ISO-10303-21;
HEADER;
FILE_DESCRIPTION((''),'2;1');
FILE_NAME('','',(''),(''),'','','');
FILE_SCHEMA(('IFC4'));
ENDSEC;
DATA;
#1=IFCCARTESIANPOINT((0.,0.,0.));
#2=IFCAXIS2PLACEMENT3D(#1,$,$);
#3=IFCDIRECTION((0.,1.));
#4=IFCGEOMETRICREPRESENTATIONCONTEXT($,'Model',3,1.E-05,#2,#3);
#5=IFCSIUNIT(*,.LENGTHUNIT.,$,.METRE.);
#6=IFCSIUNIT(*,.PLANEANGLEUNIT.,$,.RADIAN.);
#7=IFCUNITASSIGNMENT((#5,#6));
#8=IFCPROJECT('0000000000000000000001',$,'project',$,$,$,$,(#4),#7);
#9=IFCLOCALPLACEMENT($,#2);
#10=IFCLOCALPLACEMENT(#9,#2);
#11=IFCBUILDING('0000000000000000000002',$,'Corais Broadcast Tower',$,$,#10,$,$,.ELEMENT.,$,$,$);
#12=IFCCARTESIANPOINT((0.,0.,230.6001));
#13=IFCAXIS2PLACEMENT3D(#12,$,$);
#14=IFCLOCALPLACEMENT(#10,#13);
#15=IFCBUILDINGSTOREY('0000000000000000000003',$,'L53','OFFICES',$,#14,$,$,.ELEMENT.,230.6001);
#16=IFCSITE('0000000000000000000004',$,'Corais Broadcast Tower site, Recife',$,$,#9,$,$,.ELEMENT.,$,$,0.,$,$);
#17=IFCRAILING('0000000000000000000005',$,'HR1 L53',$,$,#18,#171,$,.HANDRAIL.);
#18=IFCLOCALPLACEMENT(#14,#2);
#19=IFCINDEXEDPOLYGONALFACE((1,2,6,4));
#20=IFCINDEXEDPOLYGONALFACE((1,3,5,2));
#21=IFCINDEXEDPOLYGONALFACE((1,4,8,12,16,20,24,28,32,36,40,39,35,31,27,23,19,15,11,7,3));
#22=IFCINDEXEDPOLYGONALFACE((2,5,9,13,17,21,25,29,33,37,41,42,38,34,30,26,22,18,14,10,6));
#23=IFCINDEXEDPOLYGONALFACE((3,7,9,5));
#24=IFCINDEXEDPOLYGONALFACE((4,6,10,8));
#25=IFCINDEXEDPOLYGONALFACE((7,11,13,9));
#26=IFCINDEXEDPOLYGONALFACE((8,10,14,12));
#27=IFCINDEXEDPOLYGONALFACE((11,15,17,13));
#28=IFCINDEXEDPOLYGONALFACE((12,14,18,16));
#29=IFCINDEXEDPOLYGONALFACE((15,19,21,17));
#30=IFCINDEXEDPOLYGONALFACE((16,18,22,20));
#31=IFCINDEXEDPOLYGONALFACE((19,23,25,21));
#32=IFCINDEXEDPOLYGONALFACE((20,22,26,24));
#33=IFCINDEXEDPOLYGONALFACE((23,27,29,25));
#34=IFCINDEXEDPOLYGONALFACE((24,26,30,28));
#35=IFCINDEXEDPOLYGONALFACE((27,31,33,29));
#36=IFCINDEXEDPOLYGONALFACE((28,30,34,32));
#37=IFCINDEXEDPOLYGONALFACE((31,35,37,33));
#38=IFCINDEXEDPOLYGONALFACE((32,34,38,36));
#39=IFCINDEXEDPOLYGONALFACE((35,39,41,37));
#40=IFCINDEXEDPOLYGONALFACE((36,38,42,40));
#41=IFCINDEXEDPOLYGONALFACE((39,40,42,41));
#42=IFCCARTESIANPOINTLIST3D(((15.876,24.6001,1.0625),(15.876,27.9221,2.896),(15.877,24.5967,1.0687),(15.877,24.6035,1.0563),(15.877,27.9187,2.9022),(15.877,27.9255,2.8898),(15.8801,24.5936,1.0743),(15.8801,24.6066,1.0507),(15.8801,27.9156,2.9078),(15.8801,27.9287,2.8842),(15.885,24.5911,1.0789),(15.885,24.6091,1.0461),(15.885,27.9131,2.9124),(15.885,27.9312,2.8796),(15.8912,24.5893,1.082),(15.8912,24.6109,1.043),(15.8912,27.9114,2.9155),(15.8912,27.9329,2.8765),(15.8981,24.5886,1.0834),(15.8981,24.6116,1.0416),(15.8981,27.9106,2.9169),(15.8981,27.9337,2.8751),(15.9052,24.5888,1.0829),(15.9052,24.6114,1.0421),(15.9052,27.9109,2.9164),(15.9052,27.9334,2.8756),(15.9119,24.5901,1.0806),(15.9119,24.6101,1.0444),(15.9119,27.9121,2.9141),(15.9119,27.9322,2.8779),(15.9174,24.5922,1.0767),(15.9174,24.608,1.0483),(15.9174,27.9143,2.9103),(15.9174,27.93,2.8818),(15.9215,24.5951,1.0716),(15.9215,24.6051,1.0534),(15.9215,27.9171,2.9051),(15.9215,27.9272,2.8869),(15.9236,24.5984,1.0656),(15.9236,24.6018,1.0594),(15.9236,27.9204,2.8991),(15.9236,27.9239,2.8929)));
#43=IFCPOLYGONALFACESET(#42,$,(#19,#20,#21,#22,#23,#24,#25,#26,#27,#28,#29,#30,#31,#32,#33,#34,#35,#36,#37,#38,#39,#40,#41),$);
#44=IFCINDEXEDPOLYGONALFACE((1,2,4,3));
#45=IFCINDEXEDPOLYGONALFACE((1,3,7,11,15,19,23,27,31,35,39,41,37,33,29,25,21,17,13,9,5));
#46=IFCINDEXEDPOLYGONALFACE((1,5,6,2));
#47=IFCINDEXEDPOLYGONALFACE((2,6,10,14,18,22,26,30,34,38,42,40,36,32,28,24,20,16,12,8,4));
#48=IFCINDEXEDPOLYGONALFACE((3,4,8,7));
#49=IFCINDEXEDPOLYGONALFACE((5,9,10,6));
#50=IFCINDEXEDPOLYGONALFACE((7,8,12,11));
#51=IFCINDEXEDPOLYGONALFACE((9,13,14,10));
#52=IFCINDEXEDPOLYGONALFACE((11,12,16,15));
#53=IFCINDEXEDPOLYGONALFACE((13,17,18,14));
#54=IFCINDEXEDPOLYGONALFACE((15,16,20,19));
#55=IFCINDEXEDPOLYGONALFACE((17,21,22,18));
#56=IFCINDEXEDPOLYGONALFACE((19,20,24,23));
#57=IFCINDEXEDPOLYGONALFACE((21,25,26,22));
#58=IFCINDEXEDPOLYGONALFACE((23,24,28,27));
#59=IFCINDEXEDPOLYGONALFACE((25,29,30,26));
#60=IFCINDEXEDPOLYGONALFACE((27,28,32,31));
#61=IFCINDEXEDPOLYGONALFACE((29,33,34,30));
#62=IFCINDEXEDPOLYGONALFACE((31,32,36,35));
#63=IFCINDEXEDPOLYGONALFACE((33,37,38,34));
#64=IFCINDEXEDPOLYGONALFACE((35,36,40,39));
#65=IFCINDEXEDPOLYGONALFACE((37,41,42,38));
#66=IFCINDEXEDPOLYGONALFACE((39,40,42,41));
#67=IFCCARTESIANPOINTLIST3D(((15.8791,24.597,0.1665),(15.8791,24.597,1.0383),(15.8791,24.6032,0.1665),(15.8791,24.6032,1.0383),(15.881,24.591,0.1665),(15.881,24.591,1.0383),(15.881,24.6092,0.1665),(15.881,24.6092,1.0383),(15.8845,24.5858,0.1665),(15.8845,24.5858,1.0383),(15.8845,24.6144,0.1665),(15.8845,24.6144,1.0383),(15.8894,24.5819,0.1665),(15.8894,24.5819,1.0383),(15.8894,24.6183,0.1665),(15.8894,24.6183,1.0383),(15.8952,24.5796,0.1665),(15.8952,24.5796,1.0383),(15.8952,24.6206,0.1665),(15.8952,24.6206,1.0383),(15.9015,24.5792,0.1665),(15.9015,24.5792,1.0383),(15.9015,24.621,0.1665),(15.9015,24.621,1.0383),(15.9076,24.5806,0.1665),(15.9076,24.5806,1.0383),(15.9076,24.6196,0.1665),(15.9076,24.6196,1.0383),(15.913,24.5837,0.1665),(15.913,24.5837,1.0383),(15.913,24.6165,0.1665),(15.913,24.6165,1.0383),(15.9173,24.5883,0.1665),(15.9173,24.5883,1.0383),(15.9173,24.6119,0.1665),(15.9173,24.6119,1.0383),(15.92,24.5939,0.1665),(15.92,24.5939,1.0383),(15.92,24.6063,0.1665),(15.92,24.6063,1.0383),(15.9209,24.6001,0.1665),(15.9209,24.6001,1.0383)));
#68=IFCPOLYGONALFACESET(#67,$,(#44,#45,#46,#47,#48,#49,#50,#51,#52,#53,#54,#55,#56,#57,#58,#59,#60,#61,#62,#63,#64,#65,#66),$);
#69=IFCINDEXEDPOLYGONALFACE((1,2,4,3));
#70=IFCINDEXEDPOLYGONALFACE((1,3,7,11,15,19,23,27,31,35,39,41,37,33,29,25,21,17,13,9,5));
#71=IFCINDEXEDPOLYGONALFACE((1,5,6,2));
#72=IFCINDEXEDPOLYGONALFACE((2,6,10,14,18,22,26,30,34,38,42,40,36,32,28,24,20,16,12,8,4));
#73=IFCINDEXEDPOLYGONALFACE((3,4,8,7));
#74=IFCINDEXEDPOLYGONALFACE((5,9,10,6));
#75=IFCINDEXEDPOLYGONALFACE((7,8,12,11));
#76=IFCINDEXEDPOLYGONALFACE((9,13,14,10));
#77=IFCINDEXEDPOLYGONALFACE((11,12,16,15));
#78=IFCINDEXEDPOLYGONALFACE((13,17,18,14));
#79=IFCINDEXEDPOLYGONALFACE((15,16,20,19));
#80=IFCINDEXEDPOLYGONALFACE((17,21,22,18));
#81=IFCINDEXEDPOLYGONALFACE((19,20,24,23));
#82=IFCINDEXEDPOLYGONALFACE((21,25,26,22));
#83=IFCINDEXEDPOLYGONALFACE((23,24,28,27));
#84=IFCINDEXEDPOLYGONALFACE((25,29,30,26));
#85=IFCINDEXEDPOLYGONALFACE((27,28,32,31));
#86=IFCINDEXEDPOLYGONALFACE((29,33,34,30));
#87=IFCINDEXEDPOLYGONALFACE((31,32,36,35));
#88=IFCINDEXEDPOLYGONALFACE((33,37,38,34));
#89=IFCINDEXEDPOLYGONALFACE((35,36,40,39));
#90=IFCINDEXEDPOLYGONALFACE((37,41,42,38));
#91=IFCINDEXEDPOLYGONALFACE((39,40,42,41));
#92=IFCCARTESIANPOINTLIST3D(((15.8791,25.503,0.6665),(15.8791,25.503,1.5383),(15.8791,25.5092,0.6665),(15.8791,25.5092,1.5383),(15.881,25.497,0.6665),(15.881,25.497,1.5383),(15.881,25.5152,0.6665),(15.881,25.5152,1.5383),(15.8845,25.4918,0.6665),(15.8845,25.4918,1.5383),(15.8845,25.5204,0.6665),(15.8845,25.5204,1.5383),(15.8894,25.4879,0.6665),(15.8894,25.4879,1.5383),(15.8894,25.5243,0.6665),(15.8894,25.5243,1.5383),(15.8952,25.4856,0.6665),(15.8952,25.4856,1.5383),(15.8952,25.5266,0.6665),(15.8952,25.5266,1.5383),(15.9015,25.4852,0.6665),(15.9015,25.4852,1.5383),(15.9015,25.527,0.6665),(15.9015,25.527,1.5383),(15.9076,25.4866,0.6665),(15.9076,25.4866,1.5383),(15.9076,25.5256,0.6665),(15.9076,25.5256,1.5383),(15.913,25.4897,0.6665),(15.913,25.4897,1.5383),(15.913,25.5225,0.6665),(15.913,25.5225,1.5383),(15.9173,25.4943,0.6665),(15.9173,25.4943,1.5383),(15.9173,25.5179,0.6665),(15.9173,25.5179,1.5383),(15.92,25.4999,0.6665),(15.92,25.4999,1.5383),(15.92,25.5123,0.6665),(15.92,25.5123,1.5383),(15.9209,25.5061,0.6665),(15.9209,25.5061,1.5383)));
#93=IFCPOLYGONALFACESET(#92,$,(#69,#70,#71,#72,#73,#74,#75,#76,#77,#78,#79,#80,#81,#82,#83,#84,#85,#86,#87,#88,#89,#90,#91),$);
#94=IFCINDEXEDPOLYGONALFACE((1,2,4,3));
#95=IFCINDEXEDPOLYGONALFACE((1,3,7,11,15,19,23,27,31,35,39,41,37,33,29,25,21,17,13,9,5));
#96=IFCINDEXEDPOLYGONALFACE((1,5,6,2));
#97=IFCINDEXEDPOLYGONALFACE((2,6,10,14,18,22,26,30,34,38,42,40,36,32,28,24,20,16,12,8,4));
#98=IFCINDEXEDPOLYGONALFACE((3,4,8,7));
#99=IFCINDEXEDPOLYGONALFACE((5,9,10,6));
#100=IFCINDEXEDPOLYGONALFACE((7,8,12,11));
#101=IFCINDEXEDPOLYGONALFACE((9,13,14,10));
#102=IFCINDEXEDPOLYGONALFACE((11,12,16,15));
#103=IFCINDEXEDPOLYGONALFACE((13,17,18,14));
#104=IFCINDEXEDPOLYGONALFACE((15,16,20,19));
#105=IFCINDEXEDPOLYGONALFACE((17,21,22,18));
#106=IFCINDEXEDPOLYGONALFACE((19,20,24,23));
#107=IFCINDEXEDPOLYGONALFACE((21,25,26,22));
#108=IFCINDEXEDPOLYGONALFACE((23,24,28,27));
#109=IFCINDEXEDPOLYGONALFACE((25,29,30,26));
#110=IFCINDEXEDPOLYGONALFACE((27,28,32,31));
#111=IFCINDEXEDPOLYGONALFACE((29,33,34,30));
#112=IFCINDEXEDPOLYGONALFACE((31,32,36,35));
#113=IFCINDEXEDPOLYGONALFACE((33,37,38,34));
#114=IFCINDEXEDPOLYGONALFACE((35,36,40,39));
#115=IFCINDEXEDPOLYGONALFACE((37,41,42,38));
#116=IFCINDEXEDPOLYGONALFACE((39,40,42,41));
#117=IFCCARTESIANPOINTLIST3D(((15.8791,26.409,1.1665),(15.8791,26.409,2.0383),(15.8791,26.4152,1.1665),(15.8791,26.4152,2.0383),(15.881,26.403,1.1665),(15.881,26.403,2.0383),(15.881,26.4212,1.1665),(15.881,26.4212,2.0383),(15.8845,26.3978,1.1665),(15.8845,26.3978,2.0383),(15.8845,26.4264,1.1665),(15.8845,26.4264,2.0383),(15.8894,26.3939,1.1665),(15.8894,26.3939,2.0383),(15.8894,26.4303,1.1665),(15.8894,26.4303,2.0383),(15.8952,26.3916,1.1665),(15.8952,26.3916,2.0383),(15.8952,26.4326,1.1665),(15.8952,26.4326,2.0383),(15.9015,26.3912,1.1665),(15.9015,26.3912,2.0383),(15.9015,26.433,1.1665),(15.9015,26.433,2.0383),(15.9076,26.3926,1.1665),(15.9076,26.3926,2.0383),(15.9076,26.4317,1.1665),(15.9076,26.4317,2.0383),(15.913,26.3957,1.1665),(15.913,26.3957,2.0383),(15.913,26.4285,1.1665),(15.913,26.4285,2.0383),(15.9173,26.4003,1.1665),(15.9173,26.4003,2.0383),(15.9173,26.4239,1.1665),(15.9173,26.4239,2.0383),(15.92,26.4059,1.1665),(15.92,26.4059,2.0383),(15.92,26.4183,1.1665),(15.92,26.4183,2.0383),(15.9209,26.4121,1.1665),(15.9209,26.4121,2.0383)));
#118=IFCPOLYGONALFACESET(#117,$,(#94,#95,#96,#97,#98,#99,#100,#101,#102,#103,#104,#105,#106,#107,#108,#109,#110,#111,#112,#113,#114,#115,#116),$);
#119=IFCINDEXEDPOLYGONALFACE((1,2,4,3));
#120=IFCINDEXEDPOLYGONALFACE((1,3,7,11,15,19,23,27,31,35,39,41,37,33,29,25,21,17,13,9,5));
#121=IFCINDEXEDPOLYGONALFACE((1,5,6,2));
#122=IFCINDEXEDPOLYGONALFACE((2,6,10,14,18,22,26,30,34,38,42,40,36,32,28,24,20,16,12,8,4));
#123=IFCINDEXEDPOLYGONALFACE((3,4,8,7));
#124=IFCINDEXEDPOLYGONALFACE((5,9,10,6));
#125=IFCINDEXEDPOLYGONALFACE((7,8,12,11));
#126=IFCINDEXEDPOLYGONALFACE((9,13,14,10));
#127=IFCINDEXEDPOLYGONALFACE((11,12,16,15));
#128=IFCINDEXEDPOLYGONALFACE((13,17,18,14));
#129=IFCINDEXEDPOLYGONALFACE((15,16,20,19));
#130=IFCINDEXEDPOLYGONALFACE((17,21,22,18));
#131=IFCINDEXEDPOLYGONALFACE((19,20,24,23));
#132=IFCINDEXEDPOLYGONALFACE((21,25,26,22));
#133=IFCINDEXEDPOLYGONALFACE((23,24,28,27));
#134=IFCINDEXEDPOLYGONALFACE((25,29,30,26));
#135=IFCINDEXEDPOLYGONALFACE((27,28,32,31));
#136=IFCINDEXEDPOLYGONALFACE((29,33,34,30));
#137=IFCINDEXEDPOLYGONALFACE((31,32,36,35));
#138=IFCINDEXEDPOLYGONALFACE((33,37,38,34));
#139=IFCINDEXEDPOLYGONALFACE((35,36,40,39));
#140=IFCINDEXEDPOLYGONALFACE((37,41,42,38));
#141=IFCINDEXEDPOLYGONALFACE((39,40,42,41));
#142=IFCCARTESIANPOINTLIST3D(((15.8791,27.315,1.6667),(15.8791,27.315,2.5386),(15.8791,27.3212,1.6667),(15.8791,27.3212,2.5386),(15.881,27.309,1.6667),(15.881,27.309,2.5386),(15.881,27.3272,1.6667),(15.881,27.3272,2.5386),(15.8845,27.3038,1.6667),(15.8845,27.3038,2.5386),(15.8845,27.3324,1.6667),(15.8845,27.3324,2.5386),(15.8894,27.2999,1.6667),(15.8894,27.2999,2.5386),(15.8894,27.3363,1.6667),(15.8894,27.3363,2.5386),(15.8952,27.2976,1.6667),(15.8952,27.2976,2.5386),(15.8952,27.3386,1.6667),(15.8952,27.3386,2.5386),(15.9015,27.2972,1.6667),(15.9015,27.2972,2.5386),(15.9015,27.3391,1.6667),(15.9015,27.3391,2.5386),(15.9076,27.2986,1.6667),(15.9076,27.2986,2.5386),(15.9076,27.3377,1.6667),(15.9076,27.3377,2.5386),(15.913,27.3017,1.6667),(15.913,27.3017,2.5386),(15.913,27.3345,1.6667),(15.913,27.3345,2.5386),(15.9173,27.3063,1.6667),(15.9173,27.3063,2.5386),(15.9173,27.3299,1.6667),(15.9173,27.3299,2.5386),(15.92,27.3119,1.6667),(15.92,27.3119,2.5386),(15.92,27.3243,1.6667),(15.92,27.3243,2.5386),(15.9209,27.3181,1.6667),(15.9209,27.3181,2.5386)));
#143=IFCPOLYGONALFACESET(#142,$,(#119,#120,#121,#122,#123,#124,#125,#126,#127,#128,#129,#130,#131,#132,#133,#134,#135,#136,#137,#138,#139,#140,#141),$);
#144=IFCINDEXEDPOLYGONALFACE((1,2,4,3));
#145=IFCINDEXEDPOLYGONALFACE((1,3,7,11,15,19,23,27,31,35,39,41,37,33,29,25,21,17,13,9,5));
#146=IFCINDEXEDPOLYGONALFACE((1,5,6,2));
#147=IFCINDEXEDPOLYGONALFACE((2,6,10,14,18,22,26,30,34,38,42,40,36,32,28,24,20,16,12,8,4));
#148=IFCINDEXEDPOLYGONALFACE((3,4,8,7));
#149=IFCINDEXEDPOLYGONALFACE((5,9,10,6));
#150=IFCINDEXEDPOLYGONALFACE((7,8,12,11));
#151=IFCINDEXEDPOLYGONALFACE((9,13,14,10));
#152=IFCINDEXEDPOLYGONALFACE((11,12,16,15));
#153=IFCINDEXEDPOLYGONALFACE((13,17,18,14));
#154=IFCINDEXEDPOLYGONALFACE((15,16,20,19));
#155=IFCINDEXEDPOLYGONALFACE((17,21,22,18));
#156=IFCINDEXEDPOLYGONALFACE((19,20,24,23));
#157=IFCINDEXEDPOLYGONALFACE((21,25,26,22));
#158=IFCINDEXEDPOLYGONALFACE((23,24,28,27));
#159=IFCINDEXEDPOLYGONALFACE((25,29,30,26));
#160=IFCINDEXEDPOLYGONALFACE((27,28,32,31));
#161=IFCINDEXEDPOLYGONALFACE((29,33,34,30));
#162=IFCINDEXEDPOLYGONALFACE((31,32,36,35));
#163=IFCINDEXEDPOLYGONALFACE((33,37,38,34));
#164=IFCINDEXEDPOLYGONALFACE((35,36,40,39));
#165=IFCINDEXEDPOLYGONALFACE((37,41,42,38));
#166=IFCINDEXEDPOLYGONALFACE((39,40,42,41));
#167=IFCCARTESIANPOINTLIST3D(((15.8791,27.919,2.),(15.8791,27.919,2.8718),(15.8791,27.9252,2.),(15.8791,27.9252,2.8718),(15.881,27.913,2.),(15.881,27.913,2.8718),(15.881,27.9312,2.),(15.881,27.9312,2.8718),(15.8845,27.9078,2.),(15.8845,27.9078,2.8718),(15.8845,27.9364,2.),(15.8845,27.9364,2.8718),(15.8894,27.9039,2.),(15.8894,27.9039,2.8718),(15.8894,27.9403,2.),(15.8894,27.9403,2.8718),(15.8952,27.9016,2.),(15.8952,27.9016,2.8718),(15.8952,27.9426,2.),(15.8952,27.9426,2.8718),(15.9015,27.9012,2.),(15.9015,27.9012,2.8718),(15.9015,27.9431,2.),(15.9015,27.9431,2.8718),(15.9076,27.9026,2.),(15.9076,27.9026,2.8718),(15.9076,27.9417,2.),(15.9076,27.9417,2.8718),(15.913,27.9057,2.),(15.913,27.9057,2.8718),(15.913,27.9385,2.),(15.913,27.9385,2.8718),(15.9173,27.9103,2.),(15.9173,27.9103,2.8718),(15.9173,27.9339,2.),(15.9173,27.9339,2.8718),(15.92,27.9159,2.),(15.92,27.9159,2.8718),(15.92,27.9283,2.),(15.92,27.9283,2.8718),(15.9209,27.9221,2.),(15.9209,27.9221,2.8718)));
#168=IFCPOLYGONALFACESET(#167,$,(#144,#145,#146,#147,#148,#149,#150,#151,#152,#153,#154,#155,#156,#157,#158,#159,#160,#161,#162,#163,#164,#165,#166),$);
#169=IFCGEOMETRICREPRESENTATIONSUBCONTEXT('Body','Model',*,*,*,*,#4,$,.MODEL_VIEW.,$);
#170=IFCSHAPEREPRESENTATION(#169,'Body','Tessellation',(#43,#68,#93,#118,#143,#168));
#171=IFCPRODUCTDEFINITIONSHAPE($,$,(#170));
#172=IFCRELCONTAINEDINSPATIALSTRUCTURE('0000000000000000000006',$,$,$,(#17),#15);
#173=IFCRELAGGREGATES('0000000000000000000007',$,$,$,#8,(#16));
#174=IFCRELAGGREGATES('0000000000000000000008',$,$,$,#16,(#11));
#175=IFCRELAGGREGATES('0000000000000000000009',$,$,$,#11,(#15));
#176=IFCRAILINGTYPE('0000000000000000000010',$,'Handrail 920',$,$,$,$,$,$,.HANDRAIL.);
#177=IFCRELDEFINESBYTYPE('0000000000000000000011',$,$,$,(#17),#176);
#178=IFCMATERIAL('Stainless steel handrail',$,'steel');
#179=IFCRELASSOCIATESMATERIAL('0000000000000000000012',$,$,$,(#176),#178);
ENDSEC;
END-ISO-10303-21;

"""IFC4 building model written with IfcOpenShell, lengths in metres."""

from ifc_helpers import new_model, si_unit, direction, frame, origin, origin_2d, place, context, subcontext, project, spatial, circle, extrude, material, type_object, element, save


model = new_model("IFC4")

# Units and contexts
model_context = context("Model", 3, precision=1e-05, world=origin(), true_north=direction((0.0, 1.0)))
body_context = subcontext(model_context, "Body", "Model", "MODEL_VIEW")
ifc_project = project(units=[si_unit("LENGTHUNIT", "METRE"), si_unit("PLANEANGLEUNIT", "RADIAN")], contexts=[model_context])

# Site, building, storey
site_placement = place(None, origin())
site = spatial("IfcSite", under=ifc_project, at=site_placement, Name="Corais Broadcast Tower site, Recife", CompositionType="ELEMENT", RefElevation=0.0)
building_placement = place(site_placement, origin())
building = spatial("IfcBuilding", under=site, at=building_placement, Name="Corais Broadcast Tower", CompositionType="ELEMENT")
storey_placement = place(building_placement, frame((0.0, 0.0, 230.6001)))
storey = spatial("IfcBuildingStorey", under=building, at=storey_placement, Name="L53", Description="OFFICES", CompositionType="ELEMENT", Elevation=230.6001)

# Railing
ifc_material_1 = material(Name="Stainless steel handrail", Category="steel")
railing_type = type_object("IfcRailingType", Name="Handrail 920", PredefinedType="HANDRAIL", material=ifc_material_1)
for number, where, name in (
    (1, (15.8999, 24.6001, 0.1665), "HR1 L53"),
):
    element("IfcRailing", number, at=place(storey_placement, frame(where)), inside=storey, type_object=railing_type, Name=name, PredefinedType="HANDRAIL", context=body_context, shape_type="SweptSolid", body=[
        extrude(circle(Radius=0.0239, at=origin_2d()), frame((0.0, 0.0, 0.896), z_axis=(0.0, 0.875504, 0.48321), x_axis=(-1.0, 0.0, 0.0)), (0.0, 0.0, 1.0), 3.7944),
        extrude(circle(Radius=0.021, at=origin_2d()), origin(), (0.0, 0.0, 1.0), 0.8718),
        extrude(circle(Radius=0.021, at=origin_2d()), frame((0.0, 0.906, 0.5)), (0.0, 0.0, 1.0), 0.8718),
        extrude(circle(Radius=0.021, at=origin_2d()), frame((0.0, 1.812, 1.0)), (0.0, 0.0, 1.0), 0.8718),
        extrude(circle(Radius=0.021, at=origin_2d()), frame((0.0, 2.718, 1.5002)), (0.0, 0.0, 1.0), 0.8718),
        extrude(circle(Radius=0.021, at=origin_2d()), frame((0.0, 3.322, 1.8335)), (0.0, 0.0, 1.0), 0.8718),
    ])

save(model, "model.ifc")
